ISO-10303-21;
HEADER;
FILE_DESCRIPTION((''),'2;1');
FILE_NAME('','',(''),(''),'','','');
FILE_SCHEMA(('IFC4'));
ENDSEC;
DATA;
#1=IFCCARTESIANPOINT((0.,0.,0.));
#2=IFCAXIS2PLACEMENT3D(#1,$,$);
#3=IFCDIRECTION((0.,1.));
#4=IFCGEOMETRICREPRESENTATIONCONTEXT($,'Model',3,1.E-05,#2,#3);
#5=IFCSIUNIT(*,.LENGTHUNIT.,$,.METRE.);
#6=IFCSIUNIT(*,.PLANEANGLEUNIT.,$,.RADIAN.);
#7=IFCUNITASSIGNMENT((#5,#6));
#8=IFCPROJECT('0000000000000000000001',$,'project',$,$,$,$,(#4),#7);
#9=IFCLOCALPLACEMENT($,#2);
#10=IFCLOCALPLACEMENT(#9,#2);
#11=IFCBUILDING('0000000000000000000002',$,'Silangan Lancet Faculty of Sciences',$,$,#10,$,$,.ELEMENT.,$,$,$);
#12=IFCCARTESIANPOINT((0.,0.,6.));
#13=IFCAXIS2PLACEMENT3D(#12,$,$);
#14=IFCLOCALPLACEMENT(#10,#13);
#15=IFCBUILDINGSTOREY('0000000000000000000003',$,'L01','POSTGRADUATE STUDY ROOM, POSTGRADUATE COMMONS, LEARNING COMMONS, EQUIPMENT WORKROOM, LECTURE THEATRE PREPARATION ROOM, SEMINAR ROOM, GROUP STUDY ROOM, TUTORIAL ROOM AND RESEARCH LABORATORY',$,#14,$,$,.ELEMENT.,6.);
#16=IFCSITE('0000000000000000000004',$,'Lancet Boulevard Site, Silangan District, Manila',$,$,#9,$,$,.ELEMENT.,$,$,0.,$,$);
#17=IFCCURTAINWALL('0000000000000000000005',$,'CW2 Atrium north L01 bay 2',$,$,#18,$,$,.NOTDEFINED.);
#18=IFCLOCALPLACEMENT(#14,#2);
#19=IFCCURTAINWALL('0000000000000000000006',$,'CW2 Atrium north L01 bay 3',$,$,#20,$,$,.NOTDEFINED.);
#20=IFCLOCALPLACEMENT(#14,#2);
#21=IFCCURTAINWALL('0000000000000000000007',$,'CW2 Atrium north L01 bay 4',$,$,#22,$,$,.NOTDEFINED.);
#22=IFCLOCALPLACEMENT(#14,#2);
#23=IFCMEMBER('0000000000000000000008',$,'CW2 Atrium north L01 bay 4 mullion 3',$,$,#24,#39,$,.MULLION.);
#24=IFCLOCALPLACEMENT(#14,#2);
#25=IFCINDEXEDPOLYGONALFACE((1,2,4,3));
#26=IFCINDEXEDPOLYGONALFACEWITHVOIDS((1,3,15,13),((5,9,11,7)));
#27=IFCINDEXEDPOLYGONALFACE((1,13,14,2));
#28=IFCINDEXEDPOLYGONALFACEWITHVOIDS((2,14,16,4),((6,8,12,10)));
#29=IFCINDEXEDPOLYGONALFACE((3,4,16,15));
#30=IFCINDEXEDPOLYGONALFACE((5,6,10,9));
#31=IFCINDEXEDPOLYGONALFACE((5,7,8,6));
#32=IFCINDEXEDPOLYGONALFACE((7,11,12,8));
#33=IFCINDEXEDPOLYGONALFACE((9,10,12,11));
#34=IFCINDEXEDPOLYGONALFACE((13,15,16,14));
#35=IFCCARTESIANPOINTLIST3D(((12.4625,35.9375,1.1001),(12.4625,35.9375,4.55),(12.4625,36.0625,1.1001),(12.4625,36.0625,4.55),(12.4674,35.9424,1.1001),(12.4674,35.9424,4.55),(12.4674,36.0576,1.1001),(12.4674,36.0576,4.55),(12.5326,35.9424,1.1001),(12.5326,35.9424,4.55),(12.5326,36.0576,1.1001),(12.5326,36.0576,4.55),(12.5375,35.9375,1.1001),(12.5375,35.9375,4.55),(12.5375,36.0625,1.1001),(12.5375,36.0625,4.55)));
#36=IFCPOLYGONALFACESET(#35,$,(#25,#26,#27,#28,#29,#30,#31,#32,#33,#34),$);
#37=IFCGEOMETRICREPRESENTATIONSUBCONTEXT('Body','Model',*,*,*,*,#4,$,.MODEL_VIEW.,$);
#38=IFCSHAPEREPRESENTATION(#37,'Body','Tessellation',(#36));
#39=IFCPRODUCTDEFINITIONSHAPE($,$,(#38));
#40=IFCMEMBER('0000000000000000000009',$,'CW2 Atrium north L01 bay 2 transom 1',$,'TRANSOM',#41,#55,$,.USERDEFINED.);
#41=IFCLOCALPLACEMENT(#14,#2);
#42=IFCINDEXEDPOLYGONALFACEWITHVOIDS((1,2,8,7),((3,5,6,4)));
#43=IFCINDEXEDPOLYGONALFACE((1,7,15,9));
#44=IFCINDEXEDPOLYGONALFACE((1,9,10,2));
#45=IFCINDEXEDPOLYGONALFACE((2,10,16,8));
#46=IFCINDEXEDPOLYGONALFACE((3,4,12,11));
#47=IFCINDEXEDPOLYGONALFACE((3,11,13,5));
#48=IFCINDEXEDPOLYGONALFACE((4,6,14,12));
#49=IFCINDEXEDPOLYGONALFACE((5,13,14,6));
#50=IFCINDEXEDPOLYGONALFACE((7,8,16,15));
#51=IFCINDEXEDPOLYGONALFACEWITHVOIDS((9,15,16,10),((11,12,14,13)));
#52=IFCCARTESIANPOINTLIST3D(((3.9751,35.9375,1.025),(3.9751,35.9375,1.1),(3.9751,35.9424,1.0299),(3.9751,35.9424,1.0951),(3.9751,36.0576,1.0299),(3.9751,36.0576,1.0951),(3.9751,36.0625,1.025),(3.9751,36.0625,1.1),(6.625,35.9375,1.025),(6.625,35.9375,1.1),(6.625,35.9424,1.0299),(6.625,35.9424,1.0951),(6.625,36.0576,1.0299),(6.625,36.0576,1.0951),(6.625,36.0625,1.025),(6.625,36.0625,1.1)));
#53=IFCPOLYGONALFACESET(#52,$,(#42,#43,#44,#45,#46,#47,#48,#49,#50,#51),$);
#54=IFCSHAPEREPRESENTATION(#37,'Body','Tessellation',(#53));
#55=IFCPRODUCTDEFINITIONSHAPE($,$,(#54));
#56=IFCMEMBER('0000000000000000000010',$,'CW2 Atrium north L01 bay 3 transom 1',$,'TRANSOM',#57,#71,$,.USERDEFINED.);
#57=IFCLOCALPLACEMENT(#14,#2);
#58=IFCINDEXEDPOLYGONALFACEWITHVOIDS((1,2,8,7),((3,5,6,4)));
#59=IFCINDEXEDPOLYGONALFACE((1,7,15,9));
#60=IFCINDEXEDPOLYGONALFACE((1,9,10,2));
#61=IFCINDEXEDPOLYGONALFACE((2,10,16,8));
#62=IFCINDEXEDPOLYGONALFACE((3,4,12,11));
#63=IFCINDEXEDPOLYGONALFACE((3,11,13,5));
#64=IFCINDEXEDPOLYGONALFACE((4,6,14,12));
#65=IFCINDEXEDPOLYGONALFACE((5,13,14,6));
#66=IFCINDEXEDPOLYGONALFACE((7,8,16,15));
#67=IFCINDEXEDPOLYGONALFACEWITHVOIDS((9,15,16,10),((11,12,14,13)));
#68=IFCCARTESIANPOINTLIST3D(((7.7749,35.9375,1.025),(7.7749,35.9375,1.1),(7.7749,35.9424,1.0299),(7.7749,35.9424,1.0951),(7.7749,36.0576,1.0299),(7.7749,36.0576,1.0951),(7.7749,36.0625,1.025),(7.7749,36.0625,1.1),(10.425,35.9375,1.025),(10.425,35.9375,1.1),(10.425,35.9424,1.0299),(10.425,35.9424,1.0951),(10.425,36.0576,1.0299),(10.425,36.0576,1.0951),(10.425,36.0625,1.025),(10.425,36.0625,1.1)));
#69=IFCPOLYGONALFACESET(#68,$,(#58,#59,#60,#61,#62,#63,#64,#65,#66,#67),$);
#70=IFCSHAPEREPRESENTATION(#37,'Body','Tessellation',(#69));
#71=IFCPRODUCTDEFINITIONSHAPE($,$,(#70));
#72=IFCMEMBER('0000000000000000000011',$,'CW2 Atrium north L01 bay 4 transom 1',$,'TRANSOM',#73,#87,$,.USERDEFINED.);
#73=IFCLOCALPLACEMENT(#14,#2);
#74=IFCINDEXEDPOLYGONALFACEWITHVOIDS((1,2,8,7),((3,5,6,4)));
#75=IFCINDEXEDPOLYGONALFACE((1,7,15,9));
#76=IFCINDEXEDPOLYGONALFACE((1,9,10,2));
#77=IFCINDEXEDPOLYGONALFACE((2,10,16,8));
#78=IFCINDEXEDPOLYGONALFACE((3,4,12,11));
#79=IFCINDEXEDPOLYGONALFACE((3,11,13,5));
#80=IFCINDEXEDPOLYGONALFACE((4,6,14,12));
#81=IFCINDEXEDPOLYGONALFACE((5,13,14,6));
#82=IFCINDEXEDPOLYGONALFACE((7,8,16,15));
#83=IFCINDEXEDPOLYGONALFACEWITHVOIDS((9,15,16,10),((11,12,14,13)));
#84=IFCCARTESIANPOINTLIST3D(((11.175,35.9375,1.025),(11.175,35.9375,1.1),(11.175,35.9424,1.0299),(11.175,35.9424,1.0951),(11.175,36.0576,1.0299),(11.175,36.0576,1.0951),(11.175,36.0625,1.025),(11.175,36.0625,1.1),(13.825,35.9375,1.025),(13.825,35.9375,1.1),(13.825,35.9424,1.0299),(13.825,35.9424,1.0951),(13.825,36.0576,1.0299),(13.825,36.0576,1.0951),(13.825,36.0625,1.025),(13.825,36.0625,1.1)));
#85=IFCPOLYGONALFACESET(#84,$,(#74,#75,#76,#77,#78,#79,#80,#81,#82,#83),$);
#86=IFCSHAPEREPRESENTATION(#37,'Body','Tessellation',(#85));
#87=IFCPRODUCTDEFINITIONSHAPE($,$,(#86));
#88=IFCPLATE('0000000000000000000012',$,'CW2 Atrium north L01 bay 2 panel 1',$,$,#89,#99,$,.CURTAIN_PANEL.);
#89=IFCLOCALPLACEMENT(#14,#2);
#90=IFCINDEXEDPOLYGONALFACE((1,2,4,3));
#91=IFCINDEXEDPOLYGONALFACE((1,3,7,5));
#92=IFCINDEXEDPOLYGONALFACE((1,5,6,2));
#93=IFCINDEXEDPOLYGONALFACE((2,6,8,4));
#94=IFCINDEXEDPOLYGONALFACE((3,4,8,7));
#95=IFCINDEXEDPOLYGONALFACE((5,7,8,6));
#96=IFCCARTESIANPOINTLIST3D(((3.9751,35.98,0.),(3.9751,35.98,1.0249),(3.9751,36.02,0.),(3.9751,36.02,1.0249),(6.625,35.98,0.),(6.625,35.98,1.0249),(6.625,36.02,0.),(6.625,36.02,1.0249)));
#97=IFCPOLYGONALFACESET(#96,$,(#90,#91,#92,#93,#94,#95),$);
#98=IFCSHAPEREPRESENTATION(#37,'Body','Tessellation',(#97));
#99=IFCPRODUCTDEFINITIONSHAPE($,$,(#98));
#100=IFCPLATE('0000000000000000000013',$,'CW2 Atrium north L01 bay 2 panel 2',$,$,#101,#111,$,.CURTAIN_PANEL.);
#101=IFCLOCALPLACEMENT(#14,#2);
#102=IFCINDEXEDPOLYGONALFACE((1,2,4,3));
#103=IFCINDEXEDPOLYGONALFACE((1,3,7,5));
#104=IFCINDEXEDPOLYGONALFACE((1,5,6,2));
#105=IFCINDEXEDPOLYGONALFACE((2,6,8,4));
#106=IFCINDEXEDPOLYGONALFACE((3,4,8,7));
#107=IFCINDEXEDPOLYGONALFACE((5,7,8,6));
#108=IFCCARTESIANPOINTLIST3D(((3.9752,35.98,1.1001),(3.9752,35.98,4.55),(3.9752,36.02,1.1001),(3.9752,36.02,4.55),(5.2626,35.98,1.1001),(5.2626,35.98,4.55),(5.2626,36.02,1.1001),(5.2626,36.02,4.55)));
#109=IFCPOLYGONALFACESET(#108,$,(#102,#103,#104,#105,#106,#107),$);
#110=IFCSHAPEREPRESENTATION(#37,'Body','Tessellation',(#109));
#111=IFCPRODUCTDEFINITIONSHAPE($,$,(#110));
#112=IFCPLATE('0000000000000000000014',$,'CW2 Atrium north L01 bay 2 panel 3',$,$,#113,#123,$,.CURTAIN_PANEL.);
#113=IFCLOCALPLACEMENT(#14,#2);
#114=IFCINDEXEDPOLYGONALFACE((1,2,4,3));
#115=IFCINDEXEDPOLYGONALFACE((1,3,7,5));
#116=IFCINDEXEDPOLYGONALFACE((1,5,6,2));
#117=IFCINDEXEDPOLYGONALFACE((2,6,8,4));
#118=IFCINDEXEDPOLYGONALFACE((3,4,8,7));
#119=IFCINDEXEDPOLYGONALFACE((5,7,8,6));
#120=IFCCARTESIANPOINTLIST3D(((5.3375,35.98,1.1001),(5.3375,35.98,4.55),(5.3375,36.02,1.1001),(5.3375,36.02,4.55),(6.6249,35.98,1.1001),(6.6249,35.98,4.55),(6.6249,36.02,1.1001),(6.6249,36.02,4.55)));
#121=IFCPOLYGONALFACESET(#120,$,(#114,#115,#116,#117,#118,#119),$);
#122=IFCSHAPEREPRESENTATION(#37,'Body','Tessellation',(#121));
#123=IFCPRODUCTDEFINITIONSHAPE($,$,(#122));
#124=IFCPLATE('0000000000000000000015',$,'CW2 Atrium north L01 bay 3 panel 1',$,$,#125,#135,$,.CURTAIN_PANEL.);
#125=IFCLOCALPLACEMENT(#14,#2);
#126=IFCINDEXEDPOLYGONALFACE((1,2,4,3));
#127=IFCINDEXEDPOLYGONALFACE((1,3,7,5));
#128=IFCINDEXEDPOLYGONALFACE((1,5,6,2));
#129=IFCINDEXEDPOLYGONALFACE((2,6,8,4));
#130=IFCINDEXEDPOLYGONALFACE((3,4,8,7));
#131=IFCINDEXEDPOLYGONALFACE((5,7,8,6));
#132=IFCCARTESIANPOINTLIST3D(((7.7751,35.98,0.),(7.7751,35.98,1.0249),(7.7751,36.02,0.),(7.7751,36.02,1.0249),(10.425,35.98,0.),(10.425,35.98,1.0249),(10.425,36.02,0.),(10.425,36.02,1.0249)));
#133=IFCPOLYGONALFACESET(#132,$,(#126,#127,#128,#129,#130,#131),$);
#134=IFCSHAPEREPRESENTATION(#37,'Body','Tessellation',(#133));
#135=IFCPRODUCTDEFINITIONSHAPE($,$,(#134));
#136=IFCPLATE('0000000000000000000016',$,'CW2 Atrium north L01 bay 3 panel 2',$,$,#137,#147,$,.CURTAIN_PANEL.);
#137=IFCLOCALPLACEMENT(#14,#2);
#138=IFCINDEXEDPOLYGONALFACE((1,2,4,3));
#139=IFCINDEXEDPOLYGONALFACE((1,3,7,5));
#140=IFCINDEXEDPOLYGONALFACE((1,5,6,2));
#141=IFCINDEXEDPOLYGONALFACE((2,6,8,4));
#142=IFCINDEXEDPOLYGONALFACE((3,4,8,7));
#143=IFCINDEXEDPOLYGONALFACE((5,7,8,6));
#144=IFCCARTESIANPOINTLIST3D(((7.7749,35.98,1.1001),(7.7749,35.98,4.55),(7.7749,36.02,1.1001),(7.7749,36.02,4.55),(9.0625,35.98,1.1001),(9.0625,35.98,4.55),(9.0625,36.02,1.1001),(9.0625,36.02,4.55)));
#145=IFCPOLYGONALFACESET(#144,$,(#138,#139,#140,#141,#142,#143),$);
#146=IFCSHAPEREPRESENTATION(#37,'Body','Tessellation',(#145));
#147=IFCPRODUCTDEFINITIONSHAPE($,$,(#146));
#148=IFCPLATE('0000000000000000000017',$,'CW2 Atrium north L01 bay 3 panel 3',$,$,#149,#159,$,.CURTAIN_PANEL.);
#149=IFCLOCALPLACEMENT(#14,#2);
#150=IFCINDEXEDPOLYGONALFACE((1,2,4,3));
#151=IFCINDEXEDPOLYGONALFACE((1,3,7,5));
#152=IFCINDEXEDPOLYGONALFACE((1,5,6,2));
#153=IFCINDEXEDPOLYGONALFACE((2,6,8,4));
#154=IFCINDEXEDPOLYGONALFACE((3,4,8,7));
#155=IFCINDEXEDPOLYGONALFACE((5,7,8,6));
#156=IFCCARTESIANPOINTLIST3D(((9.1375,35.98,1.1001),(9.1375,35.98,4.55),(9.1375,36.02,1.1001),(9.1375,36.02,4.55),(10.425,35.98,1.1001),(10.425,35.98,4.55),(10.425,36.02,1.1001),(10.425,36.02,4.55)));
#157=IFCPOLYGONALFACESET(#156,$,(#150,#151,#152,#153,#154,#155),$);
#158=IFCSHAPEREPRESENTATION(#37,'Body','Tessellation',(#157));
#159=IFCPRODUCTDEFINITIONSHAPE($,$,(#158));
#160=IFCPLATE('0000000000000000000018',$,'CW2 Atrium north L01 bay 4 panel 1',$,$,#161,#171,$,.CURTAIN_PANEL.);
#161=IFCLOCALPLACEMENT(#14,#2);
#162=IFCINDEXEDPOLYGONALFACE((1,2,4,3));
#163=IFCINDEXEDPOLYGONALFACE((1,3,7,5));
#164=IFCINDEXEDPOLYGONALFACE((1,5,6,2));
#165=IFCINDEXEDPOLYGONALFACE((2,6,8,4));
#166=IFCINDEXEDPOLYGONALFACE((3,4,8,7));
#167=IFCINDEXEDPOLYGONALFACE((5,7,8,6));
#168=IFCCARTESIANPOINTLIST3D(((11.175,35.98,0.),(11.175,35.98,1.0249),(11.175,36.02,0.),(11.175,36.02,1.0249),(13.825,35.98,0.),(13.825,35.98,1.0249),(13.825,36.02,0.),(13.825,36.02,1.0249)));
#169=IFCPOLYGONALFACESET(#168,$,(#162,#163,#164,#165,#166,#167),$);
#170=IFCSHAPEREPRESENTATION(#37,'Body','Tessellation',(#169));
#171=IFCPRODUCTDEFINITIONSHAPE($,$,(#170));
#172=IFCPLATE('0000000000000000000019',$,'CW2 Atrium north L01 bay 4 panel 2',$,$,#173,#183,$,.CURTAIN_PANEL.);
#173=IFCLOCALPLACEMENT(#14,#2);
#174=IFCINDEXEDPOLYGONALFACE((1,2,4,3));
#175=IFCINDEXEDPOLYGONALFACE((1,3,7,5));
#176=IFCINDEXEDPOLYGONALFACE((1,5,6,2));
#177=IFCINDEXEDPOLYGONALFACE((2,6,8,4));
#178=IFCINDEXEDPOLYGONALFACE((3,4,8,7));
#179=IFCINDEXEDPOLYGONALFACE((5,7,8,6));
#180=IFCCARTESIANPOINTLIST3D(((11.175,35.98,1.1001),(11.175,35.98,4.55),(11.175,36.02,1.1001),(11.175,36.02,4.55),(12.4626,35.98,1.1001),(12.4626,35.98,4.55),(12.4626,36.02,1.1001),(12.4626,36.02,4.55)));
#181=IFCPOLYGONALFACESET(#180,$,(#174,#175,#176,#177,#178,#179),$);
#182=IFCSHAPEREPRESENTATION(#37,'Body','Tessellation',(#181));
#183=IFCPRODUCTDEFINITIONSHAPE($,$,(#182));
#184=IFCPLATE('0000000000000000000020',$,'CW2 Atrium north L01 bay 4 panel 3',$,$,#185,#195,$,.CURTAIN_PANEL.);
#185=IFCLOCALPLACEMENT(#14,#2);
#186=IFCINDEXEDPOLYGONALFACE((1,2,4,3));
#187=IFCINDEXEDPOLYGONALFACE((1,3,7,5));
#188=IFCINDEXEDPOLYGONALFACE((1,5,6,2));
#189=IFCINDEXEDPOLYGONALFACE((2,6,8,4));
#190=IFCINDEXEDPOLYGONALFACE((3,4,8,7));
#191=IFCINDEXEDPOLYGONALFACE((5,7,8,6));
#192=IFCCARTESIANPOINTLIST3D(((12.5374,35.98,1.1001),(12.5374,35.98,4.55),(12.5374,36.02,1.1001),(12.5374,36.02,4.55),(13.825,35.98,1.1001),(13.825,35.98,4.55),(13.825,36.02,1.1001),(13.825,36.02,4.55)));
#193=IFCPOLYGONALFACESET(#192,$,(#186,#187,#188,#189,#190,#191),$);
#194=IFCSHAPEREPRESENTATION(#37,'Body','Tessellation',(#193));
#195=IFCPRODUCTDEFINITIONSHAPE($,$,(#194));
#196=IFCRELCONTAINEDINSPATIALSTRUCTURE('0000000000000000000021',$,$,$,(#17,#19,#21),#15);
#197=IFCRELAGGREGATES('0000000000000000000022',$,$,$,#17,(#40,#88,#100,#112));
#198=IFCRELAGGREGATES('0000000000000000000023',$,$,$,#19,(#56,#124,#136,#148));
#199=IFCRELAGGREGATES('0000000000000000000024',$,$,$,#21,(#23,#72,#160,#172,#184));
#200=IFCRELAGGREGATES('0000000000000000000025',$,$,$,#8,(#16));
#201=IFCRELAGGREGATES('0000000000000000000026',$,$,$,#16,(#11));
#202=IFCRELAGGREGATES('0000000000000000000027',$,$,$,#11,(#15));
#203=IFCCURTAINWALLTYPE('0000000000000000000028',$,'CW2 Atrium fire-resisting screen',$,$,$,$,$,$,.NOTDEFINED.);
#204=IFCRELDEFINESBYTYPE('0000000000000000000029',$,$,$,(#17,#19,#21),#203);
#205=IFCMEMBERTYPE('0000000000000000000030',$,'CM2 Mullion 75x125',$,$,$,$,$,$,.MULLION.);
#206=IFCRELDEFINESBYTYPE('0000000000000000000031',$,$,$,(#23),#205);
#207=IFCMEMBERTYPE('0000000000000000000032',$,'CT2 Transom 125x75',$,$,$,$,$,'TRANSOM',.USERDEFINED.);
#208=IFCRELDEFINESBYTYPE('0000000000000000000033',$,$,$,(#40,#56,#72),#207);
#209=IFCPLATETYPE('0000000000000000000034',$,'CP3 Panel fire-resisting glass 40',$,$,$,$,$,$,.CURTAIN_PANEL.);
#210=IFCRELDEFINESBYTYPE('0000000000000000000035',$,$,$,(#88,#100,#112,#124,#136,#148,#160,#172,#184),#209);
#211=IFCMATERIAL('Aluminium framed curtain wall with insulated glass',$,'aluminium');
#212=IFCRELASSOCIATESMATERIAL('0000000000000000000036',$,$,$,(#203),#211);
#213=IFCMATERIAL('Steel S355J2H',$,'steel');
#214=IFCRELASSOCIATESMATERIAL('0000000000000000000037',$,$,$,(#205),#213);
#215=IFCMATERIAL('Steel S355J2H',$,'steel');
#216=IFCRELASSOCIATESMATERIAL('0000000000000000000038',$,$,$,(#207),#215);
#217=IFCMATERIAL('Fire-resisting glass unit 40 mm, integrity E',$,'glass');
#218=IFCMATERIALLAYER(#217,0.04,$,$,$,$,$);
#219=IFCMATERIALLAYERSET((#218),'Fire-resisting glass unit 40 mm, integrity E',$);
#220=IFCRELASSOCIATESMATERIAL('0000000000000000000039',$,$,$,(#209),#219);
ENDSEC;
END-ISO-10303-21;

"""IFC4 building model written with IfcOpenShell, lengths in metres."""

from ifc_helpers import new_model, si_unit, direction, frame, origin, origin_2d, place, context, subcontext, project, spatial, rectangle, hollow_rectangle, extrude, material, layer, layer_set, material_profile, profile_set, type_object, element, aggregate, save


model = new_model("IFC4")

# Units and contexts
model_context = context("Model", 3, precision=1e-05, world=origin(), true_north=direction((0.0, 1.0)))
body_context = subcontext(model_context, "Body", "Model", "MODEL_VIEW")
ifc_project = project(units=[si_unit("LENGTHUNIT", "METRE"), si_unit("PLANEANGLEUNIT", "RADIAN")], contexts=[model_context])

# Site, building, storey
site_placement = place(None, origin())
site = spatial("IfcSite", under=ifc_project, at=site_placement, Name="Lancet Boulevard Site, Silangan District, Manila", CompositionType="ELEMENT", RefElevation=0.0)
building_placement = place(site_placement, origin())
building = spatial("IfcBuilding", under=site, at=building_placement, Name="Silangan Lancet Faculty of Sciences", CompositionType="ELEMENT")
storey_placement = place(building_placement, frame((0.0, 0.0, 6.0)))
storey = spatial("IfcBuildingStorey", under=building, at=storey_placement, Name="L01", Description="POSTGRADUATE STUDY ROOM, POSTGRADUATE COMMONS, LEARNING COMMONS, EQUIPMENT WORKROOM, LECTURE THEATRE PREPARATION ROOM, SEMINAR ROOM, GROUP STUDY ROOM, TUTORIAL ROOM AND RESEARCH LABORATORY", CompositionType="ELEMENT", Elevation=6.0)

# Curtain walls, member
ifc_material_1 = material(Name="Aluminium framed curtain wall with insulated glass", Category="aluminium")
curtain_wall_type = type_object("IfcCurtainWallType", Name="CW2 Atrium fire-resisting screen", PredefinedType="NOTDEFINED", material=ifc_material_1)
curtain_wall_1_placement = place(storey_placement, origin())
curtain_wall_1 = element("IfcCurtainWall", 1, at=curtain_wall_1_placement, inside=storey, type_object=curtain_wall_type, Name="CW2 Atrium north L01 bay 2", PredefinedType="NOTDEFINED")
ifc_material_2 = material(Name="Steel S355J2H", Category="steel")
ifc_material_profile_1 = material_profile(ifc_material_2, hollow_rectangle(XDim=0.075, YDim=0.125, WallThickness=0.0049, at=origin_2d()), Name="ST BOX 75x125x5")
ifc_profile_set_1 = profile_set([ifc_material_profile_1], Name="Steel S355J2H")
member_type_1 = type_object("IfcMemberType", Name="CM2 Mullion 75x125", PredefinedType="MULLION", material=ifc_profile_set_1)
curtain_wall_2_placement = place(storey_placement, origin())
curtain_wall_2 = element("IfcCurtainWall", 2, at=curtain_wall_2_placement, inside=storey, type_object=curtain_wall_type, Name="CW2 Atrium north L01 bay 3", PredefinedType="NOTDEFINED")
curtain_wall_3_placement = place(storey_placement, origin())
curtain_wall_3 = element("IfcCurtainWall", 3, at=curtain_wall_3_placement, inside=storey, type_object=curtain_wall_type, Name="CW2 Atrium north L01 bay 4", PredefinedType="NOTDEFINED")
member_1_placement = place(storey_placement, frame((12.5, 36.0, 1.1001), z_axis=(0.0, 0.0, 1.0), x_axis=(1.0, 0.0, 0.0)))
member_1 = element("IfcMember", 4, at=member_1_placement, type_object=member_type_1, Name="CW2 Atrium north L01 bay 4 mullion 3", PredefinedType="MULLION", context=body_context, shape_type="SweptSolid", body=[
    extrude(hollow_rectangle(XDim=0.075, YDim=0.125, WallThickness=0.0049, at=origin_2d()), origin(), (0.0, 0.0, 1.0), 3.45),
])

# Members
ifc_material_3 = material(Name="Steel S355J2H", Category="steel")
ifc_material_profile_2 = material_profile(ifc_material_3, hollow_rectangle(XDim=0.125, YDim=0.075, WallThickness=0.0049, at=origin_2d()), Name="ST BOX 125x75x5")
ifc_profile_set_2 = profile_set([ifc_material_profile_2], Name="Steel S355J2H")
member_type_2 = type_object("IfcMemberType", Name="CT2 Transom 125x75", ElementType="TRANSOM", PredefinedType="USERDEFINED", material=ifc_profile_set_2)
member_2_placement = place(storey_placement, frame((3.9751, 36.0, 1.0625), z_axis=(1.0, 0.0, 0.0), x_axis=(0.0, 1.0, 0.0)))
member_2 = element("IfcMember", 5, at=member_2_placement, type_object=member_type_2, Name="CW2 Atrium north L01 bay 2 transom 1", ObjectType="TRANSOM", PredefinedType="USERDEFINED", context=body_context, shape_type="SweptSolid", body=[
    extrude(hollow_rectangle(XDim=0.125, YDim=0.075, WallThickness=0.0049, at=origin_2d()), origin(), (0.0, 0.0, 1.0), 2.6499),
])
member_3_placement = place(storey_placement, frame((7.7749, 36.0, 1.0625), z_axis=(1.0, 0.0, 0.0), x_axis=(0.0, 1.0, 0.0)))
member_3 = element("IfcMember", 6, at=member_3_placement, type_object=member_type_2, Name="CW2 Atrium north L01 bay 3 transom 1", ObjectType="TRANSOM", PredefinedType="USERDEFINED", context=body_context, shape_type="SweptSolid", body=[
    extrude(hollow_rectangle(XDim=0.125, YDim=0.075, WallThickness=0.0049, at=origin_2d()), origin(), (0.0, 0.0, 1.0), 2.6501),
])
member_4_placement = place(storey_placement, frame((11.175, 36.0, 1.0625), z_axis=(1.0, 0.0, 0.0), x_axis=(0.0, 1.0, 0.0)))
member_4 = element("IfcMember", 7, at=member_4_placement, type_object=member_type_2, Name="CW2 Atrium north L01 bay 4 transom 1", ObjectType="TRANSOM", PredefinedType="USERDEFINED", context=body_context, shape_type="SweptSolid", body=[
    extrude(hollow_rectangle(XDim=0.125, YDim=0.075, WallThickness=0.0049, at=origin_2d()), origin(), (0.0, 0.0, 1.0), 2.6499),
])

# Plates
ifc_material_4 = material(Name="Fire-resisting glass unit 40 mm, integrity E", Category="glass")
ifc_layer_1 = layer(ifc_material_4, 0.04)
ifc_layer_set_1 = layer_set([ifc_layer_1], Name="Fire-resisting glass unit 40 mm, integrity E")
plate_type = type_object("IfcPlateType", Name="CP3 Panel fire-resisting glass 40", PredefinedType="CURTAIN_PANEL", material=ifc_layer_set_1)
plate_1_placement = place(storey_placement, frame((5.3, 36.0, 0.0), z_axis=(0.0, 0.0, 1.0), x_axis=(1.0, 0.0, 0.0)))
plate_1 = element("IfcPlate", 8, at=plate_1_placement, type_object=plate_type, Name="CW2 Atrium north L01 bay 2 panel 1", PredefinedType="CURTAIN_PANEL", context=body_context, shape_type="SweptSolid", body=[
    extrude(rectangle(XDim=2.6499, YDim=0.04, at=origin_2d()), origin(), (0.0, 0.0, 1.0), 1.0249),
])
plate_2_placement = place(storey_placement, frame((4.6189, 36.0, 1.1001), z_axis=(0.0, 0.0, 1.0), x_axis=(1.0, 0.0, 0.0)))
plate_2 = element("IfcPlate", 9, at=plate_2_placement, type_object=plate_type, Name="CW2 Atrium north L01 bay 2 panel 2", PredefinedType="CURTAIN_PANEL", context=body_context, shape_type="SweptSolid", body=[
    extrude(rectangle(XDim=1.2874, YDim=0.04, at=origin_2d()), origin(), (0.0, 0.0, 1.0), 3.45),
])
plate_3_placement = place(storey_placement, frame((5.9812, 36.0, 1.1001), z_axis=(0.0, 0.0, 1.0), x_axis=(1.0, 0.0, 0.0)))
plate_3 = element("IfcPlate", 10, at=plate_3_placement, type_object=plate_type, Name="CW2 Atrium north L01 bay 2 panel 3", PredefinedType="CURTAIN_PANEL", context=body_context, shape_type="SweptSolid", body=[
    extrude(rectangle(XDim=1.2874, YDim=0.04, at=origin_2d()), origin(), (0.0, 0.0, 1.0), 3.45),
])
aggregate(curtain_wall_1, [member_2, plate_1, plate_2, plate_3])
plate_4_placement = place(storey_placement, frame((9.1001, 36.0, 0.0), z_axis=(0.0, 0.0, 1.0), x_axis=(1.0, 0.0, 0.0)))
plate_4 = element("IfcPlate", 11, at=plate_4_placement, type_object=plate_type, Name="CW2 Atrium north L01 bay 3 panel 1", PredefinedType="CURTAIN_PANEL", context=body_context, shape_type="SweptSolid", body=[
    extrude(rectangle(XDim=2.6499, YDim=0.04, at=origin_2d()), origin(), (0.0, 0.0, 1.0), 1.0249),
])
plate_5_placement = place(storey_placement, frame((8.4187, 36.0, 1.1001), z_axis=(0.0, 0.0, 1.0), x_axis=(1.0, 0.0, 0.0)))
plate_5 = element("IfcPlate", 12, at=plate_5_placement, type_object=plate_type, Name="CW2 Atrium north L01 bay 3 panel 2", PredefinedType="CURTAIN_PANEL", context=body_context, shape_type="SweptSolid", body=[
    extrude(rectangle(XDim=1.2876, YDim=0.04, at=origin_2d()), origin(), (0.0, 0.0, 1.0), 3.45),
])
plate_6_placement = place(storey_placement, frame((9.7812, 36.0, 1.1001), z_axis=(0.0, 0.0, 1.0), x_axis=(1.0, 0.0, 0.0)))
plate_6 = element("IfcPlate", 13, at=plate_6_placement, type_object=plate_type, Name="CW2 Atrium north L01 bay 3 panel 3", PredefinedType="CURTAIN_PANEL", context=body_context, shape_type="SweptSolid", body=[
    extrude(rectangle(XDim=1.2876, YDim=0.04, at=origin_2d()), origin(), (0.0, 0.0, 1.0), 3.45),
])
aggregate(curtain_wall_2, [member_3, plate_4, plate_5, plate_6])
plate_7_placement = place(storey_placement, frame((12.5, 36.0, 0.0), z_axis=(0.0, 0.0, 1.0), x_axis=(1.0, 0.0, 0.0)))
plate_7 = element("IfcPlate", 14, at=plate_7_placement, type_object=plate_type, Name="CW2 Atrium north L01 bay 4 panel 1", PredefinedType="CURTAIN_PANEL", context=body_context, shape_type="SweptSolid", body=[
    extrude(rectangle(XDim=2.6499, YDim=0.04, at=origin_2d()), origin(), (0.0, 0.0, 1.0), 1.0249),
])
plate_8_placement = place(storey_placement, frame((11.8188, 36.0, 1.1001), z_axis=(0.0, 0.0, 1.0), x_axis=(1.0, 0.0, 0.0)))
plate_8 = element("IfcPlate", 15, at=plate_8_placement, type_object=plate_type, Name="CW2 Atrium north L01 bay 4 panel 2", PredefinedType="CURTAIN_PANEL", context=body_context, shape_type="SweptSolid", body=[
    extrude(rectangle(XDim=1.2876, YDim=0.04, at=origin_2d()), origin(), (0.0, 0.0, 1.0), 3.45),
])
plate_9_placement = place(storey_placement, frame((13.1812, 36.0, 1.1001), z_axis=(0.0, 0.0, 1.0), x_axis=(1.0, 0.0, 0.0)))
plate_9 = element("IfcPlate", 16, at=plate_9_placement, type_object=plate_type, Name="CW2 Atrium north L01 bay 4 panel 3", PredefinedType="CURTAIN_PANEL", context=body_context, shape_type="SweptSolid", body=[
    extrude(rectangle(XDim=1.2876, YDim=0.04, at=origin_2d()), origin(), (0.0, 0.0, 1.0), 3.45),
])
aggregate(curtain_wall_3, [member_1, member_4, plate_7, plate_8, plate_9])

save(model, "model.ifc")
